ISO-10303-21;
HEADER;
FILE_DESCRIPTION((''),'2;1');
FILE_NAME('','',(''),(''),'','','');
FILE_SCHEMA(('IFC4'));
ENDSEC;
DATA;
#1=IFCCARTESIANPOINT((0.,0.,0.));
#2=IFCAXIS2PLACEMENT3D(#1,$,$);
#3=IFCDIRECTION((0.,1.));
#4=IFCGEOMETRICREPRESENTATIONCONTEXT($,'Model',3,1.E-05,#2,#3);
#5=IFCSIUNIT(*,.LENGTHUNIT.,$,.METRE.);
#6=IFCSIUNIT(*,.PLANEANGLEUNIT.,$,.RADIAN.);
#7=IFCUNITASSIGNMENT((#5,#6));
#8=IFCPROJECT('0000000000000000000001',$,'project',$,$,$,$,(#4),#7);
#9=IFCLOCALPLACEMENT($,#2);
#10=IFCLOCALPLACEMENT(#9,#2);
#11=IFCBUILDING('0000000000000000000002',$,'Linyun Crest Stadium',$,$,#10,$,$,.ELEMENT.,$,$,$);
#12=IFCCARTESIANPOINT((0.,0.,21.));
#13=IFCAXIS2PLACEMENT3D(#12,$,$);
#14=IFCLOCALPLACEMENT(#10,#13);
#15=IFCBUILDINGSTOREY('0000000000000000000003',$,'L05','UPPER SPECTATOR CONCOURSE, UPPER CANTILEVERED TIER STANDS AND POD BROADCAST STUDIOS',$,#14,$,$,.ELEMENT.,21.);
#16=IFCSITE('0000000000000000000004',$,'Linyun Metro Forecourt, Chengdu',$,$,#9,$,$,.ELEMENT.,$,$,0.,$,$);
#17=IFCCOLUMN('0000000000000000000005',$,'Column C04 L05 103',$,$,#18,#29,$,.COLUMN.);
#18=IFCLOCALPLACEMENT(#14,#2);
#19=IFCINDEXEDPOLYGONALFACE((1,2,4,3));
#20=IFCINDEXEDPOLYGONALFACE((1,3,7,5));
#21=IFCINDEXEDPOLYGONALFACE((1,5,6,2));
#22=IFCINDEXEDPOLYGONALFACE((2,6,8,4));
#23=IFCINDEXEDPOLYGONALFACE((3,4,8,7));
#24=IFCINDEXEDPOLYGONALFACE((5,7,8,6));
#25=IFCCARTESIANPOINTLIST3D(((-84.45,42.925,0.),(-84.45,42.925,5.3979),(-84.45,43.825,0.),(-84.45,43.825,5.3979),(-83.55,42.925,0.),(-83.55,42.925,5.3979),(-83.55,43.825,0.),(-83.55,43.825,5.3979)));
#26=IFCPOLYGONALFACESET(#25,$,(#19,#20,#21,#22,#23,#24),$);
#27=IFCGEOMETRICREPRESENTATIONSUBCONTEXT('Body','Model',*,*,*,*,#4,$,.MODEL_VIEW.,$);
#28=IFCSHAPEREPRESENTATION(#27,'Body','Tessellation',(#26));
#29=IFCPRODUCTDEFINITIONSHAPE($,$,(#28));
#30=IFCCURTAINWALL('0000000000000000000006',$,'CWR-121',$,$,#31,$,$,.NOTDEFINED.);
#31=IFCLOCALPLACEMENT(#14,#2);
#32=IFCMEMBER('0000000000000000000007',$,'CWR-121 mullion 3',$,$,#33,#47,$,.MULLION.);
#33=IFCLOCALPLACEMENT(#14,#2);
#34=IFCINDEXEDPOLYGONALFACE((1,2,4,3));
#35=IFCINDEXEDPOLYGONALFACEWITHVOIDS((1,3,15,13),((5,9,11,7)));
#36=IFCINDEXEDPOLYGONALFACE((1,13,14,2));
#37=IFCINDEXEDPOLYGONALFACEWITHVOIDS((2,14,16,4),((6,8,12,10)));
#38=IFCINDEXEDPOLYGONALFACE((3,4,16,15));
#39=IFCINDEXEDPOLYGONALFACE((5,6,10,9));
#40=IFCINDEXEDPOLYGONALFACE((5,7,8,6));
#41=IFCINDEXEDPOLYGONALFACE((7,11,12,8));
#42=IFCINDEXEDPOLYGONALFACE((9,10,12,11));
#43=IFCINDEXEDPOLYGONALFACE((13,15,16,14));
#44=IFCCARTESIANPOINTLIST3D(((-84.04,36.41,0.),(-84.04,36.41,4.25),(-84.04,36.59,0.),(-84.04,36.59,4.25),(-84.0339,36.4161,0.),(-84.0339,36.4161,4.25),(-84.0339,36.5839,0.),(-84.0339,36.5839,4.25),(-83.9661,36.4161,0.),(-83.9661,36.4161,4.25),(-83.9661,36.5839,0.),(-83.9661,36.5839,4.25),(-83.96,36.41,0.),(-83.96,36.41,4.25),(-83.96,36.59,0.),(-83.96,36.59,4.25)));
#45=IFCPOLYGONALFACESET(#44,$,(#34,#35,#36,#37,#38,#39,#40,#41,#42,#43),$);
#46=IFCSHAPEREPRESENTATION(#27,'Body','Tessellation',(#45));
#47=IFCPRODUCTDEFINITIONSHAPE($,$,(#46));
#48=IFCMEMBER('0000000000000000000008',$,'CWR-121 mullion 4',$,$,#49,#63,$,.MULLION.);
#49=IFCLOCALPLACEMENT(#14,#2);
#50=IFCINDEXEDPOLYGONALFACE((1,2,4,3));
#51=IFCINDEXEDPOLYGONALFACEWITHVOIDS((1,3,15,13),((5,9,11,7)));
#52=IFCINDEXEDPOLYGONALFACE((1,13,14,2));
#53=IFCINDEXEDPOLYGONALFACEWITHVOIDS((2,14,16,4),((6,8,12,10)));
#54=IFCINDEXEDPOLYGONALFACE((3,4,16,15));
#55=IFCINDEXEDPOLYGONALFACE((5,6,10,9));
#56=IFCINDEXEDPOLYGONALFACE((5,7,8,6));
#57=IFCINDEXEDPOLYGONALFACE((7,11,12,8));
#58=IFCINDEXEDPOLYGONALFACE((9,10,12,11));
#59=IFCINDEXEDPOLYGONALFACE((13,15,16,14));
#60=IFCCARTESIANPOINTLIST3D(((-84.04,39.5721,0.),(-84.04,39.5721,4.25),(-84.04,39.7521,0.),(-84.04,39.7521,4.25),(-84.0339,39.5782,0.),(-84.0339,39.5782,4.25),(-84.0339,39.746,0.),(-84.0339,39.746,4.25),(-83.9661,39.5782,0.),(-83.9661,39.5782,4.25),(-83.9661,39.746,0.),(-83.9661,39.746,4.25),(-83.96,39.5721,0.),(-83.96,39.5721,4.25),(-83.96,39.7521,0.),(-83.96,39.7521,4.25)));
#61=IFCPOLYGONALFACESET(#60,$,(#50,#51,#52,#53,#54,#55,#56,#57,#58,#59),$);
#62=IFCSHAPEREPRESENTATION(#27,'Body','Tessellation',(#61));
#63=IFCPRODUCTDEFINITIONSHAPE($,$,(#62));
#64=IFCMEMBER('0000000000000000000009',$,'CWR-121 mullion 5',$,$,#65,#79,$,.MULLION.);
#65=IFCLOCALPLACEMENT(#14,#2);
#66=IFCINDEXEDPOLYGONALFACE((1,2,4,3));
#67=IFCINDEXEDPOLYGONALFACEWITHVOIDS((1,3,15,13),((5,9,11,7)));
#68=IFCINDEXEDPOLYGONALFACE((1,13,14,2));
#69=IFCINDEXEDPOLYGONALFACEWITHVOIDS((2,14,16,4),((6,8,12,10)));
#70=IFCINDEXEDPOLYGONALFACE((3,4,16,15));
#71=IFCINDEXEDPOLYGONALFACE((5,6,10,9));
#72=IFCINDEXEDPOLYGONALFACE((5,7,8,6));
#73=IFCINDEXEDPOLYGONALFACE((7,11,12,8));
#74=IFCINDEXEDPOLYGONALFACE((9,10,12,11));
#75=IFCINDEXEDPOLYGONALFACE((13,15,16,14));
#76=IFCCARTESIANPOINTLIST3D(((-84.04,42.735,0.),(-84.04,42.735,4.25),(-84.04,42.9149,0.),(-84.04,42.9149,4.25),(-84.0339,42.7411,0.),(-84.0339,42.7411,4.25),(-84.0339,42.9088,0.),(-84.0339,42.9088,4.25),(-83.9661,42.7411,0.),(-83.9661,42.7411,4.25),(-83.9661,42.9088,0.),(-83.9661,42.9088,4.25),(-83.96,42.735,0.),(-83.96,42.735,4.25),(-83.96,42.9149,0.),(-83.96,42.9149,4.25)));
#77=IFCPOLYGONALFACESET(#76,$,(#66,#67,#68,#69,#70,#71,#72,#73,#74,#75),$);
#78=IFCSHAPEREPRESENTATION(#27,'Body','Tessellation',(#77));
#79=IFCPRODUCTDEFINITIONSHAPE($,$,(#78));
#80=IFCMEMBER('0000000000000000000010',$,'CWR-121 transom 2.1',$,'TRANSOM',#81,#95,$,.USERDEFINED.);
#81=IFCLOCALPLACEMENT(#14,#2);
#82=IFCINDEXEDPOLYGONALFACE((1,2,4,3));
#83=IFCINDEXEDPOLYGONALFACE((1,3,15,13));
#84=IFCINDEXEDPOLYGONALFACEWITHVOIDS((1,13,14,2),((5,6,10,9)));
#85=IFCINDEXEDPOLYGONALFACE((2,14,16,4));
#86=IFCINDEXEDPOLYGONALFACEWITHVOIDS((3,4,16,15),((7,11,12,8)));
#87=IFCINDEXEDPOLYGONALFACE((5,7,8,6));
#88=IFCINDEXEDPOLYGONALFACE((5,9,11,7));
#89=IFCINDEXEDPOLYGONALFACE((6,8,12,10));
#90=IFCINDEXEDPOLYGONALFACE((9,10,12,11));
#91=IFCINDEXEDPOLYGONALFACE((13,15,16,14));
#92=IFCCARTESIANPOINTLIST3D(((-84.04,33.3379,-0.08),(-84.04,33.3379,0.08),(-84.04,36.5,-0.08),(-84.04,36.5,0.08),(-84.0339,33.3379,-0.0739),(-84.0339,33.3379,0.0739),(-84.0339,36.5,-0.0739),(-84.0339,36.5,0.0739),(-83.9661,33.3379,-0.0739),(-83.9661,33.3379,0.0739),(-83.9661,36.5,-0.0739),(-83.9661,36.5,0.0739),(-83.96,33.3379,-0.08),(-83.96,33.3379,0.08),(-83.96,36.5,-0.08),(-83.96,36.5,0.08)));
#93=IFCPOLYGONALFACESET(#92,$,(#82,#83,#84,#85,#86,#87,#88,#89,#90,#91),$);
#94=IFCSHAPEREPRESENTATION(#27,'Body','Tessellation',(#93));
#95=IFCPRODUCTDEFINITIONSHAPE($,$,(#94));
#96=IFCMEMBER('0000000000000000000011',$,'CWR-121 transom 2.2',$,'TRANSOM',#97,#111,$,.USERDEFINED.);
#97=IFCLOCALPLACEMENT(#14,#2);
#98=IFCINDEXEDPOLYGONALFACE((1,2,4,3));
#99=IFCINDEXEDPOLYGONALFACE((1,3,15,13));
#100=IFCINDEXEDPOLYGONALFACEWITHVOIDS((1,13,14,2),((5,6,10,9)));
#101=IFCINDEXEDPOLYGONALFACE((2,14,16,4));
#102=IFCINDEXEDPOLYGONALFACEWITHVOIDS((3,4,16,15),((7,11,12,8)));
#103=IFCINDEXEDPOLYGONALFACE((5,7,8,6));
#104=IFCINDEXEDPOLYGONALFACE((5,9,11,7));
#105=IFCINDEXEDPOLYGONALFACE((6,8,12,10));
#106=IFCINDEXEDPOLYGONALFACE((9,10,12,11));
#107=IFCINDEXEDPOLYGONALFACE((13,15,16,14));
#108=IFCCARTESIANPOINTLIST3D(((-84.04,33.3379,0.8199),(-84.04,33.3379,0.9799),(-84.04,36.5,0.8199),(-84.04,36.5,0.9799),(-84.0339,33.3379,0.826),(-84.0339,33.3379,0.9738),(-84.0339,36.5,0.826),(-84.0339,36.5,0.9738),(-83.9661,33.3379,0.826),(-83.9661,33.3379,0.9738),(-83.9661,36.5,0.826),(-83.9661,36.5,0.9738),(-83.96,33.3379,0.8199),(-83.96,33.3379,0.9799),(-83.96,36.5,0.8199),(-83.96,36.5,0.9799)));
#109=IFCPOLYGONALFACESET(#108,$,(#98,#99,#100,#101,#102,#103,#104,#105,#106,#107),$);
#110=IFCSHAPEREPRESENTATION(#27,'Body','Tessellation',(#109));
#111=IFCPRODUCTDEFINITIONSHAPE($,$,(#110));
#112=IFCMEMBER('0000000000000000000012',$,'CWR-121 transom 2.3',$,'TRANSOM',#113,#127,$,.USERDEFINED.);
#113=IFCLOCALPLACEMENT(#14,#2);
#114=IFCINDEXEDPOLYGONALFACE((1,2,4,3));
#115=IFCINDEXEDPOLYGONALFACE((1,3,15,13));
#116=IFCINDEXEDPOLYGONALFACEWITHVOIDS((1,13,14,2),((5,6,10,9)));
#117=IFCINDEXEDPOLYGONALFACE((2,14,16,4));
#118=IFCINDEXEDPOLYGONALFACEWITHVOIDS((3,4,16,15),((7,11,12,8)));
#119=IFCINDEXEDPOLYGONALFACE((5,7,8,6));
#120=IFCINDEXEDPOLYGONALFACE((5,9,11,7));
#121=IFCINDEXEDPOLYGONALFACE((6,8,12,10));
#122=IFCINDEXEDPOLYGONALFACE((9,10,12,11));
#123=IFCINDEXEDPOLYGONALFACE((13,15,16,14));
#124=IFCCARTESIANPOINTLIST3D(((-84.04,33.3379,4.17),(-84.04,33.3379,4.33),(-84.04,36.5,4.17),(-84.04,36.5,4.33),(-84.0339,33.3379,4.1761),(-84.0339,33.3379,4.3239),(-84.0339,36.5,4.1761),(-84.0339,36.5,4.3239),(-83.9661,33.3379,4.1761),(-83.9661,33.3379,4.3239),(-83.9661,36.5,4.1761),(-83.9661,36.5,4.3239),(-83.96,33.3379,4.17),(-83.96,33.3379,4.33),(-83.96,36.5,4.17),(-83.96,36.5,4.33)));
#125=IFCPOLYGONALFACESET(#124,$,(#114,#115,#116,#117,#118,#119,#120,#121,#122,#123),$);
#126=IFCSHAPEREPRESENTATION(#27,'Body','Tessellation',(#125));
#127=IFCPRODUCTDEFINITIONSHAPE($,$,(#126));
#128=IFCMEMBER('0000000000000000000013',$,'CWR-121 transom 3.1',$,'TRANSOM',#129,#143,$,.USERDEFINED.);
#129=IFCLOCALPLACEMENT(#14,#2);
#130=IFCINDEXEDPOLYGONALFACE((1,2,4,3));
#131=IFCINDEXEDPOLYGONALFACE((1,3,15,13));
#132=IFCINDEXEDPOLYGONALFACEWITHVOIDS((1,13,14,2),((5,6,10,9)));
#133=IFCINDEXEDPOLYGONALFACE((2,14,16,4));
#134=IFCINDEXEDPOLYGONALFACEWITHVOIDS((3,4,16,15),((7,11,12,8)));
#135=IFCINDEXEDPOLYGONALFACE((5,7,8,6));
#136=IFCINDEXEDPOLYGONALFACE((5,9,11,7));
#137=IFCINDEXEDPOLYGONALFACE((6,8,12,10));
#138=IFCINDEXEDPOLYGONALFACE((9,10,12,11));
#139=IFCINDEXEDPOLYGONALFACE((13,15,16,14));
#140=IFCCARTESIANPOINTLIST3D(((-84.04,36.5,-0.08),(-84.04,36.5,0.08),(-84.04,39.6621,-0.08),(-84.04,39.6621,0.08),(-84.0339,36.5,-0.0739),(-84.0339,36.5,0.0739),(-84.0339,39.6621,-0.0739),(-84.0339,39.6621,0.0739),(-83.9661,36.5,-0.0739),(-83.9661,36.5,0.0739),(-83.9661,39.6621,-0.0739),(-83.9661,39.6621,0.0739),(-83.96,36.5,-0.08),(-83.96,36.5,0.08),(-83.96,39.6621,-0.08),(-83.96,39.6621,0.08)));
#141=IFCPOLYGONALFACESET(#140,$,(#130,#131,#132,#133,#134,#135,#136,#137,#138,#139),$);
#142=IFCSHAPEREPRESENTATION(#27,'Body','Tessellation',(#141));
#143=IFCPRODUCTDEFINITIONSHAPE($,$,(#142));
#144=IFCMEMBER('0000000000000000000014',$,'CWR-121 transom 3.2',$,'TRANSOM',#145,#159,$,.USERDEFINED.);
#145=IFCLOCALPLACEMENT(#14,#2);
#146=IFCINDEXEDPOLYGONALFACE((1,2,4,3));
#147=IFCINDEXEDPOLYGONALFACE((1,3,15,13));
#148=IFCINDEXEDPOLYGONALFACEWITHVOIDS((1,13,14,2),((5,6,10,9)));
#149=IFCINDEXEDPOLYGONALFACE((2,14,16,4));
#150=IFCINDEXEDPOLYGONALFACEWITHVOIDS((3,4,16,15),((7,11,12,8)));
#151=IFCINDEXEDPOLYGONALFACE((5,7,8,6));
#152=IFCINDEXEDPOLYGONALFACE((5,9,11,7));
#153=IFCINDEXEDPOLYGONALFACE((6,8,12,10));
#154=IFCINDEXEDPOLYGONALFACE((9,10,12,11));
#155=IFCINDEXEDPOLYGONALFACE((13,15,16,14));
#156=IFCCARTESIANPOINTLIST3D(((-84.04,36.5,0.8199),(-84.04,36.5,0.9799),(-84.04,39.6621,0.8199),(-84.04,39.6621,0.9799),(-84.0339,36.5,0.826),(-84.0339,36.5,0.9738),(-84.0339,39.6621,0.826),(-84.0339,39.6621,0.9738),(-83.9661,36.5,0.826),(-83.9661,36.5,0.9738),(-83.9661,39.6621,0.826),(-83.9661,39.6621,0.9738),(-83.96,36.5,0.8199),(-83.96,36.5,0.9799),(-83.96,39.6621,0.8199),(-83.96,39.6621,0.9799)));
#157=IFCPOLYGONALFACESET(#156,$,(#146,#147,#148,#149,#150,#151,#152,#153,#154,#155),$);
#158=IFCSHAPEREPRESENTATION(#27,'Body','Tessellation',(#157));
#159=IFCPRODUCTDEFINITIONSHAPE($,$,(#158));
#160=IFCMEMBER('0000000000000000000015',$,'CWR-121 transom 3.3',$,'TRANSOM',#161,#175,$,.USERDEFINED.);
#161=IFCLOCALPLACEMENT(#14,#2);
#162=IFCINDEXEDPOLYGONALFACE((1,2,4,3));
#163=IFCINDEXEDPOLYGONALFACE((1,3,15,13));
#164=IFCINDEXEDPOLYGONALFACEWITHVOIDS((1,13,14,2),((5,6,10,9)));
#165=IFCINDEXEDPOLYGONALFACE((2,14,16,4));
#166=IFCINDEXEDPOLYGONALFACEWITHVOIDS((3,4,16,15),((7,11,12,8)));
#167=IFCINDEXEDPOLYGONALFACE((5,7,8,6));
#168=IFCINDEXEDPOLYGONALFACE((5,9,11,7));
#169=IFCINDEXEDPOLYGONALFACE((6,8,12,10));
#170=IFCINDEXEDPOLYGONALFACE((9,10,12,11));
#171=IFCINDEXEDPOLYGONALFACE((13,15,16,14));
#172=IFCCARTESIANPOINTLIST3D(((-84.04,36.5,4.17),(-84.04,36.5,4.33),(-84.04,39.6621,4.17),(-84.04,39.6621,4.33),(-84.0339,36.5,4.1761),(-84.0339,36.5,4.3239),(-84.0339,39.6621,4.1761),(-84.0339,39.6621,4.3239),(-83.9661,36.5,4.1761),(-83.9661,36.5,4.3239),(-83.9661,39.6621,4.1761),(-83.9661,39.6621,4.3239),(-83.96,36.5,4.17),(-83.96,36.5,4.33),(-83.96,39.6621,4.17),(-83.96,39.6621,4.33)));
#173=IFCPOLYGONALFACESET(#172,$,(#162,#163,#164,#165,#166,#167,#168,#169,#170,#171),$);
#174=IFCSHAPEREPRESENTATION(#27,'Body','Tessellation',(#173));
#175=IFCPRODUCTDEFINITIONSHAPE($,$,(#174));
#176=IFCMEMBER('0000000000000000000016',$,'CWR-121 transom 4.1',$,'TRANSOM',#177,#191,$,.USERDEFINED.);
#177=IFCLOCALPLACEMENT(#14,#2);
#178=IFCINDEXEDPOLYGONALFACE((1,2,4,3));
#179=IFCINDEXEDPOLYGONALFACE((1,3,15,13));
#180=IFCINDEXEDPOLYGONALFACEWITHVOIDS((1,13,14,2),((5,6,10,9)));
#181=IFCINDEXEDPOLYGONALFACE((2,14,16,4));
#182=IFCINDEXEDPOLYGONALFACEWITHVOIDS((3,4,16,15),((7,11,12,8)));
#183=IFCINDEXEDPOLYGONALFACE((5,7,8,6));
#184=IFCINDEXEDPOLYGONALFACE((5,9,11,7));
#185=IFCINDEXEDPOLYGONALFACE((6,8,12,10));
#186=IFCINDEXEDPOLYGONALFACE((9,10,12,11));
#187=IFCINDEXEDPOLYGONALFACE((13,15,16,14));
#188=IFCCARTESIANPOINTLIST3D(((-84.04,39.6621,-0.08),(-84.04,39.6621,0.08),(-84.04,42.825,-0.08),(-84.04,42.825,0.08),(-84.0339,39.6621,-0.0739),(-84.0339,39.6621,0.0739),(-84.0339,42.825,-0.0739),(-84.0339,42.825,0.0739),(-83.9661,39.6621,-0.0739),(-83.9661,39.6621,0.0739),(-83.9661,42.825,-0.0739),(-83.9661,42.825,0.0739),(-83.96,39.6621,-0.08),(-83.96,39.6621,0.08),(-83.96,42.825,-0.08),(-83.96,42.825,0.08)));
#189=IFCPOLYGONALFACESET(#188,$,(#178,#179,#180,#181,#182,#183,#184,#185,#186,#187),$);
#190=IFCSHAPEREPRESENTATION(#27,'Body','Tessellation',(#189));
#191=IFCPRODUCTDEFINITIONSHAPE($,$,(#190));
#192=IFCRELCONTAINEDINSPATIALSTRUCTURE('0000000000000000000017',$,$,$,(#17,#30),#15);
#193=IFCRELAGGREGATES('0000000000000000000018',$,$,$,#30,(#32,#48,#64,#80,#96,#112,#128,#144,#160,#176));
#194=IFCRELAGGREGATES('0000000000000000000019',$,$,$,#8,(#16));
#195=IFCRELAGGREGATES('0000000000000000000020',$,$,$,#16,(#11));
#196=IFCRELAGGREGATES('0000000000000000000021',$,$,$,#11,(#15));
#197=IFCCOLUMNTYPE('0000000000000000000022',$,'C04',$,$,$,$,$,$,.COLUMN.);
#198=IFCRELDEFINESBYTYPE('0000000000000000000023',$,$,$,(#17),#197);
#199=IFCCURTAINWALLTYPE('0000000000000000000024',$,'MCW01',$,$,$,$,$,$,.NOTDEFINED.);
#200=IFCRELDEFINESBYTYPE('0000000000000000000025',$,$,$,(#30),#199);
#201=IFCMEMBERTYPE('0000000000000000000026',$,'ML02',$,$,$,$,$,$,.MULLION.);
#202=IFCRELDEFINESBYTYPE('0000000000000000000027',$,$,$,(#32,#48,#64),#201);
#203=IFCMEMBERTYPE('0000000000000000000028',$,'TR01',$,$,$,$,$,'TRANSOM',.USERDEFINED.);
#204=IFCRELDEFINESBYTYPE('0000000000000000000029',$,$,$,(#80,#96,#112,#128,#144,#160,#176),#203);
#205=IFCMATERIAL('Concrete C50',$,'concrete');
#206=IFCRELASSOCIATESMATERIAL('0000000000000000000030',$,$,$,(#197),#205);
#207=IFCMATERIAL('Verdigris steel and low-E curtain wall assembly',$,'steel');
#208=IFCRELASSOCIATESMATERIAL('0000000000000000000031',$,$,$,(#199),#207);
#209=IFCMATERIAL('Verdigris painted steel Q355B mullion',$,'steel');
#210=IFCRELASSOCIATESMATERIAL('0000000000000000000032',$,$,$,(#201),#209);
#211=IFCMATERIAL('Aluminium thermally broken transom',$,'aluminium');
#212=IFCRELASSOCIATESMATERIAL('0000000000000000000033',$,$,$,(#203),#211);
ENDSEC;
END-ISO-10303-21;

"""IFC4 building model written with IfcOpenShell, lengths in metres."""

from ifc_helpers import new_model, si_unit, direction, frame, origin, origin_2d, place, context, subcontext, project, spatial, rectangle, hollow_rectangle, extrude, material, material_profile, profile_set, type_object, element, aggregate, save


model = new_model("IFC4")

# Units and contexts
model_context = context("Model", 3, precision=1e-05, world=origin(), true_north=direction((0.0, 1.0)))
body_context = subcontext(model_context, "Body", "Model", "MODEL_VIEW")
ifc_project = project(units=[si_unit("LENGTHUNIT", "METRE"), si_unit("PLANEANGLEUNIT", "RADIAN")], contexts=[model_context])

# Site, building, storey
site_placement = place(None, origin())
site = spatial("IfcSite", under=ifc_project, at=site_placement, Name="Linyun Metro Forecourt, Chengdu", CompositionType="ELEMENT", RefElevation=0.0)
building_placement = place(site_placement, origin())
building = spatial("IfcBuilding", under=site, at=building_placement, Name="Linyun Crest Stadium", CompositionType="ELEMENT")
storey_placement = place(building_placement, frame((0.0, 0.0, 21.0)))
storey = spatial("IfcBuildingStorey", under=building, at=storey_placement, Name="L05", Description="UPPER SPECTATOR CONCOURSE, UPPER CANTILEVERED TIER STANDS AND POD BROADCAST STUDIOS", CompositionType="ELEMENT", Elevation=21.0)

# Column
ifc_material_1 = material(Name="Concrete C50", Category="concrete")
ifc_material_profile_1 = material_profile(ifc_material_1, rectangle(XDim=0.8999, YDim=0.8999, at=origin_2d()), Name="RC 900x900")
ifc_profile_set_1 = profile_set([ifc_material_profile_1], Name="Concrete C50")
column_type = type_object("IfcColumnType", Name="C04", PredefinedType="COLUMN", material=ifc_profile_set_1)
column_placement = place(storey_placement, frame((-84.0, 43.375, 0.0), z_axis=(0.0, 0.0, 1.0), x_axis=(1.0, 0.0, 0.0)))
element("IfcColumn", 1, at=column_placement, inside=storey, type_object=column_type, Name="Column C04 L05 103", PredefinedType="COLUMN", context=body_context, shape_type="SweptSolid", body=[
    extrude(rectangle(XDim=0.8999, YDim=0.8999, at=origin_2d()), origin(), (0.0, 0.0, 1.0), 5.3979),
])

# Curtain wall, members
ifc_material_2 = material(Name="Verdigris steel and low-E curtain wall assembly", Category="steel")
curtain_wall_type = type_object("IfcCurtainWallType", Name="MCW01", PredefinedType="NOTDEFINED", material=ifc_material_2)
curtain_wall_placement = place(storey_placement, origin())
curtain_wall = element("IfcCurtainWall", 2, at=curtain_wall_placement, inside=storey, type_object=curtain_wall_type, Name="CWR-121", PredefinedType="NOTDEFINED")
ifc_material_3 = material(Name="Verdigris painted steel Q355B mullion", Category="steel")
ifc_material_profile_2 = material_profile(ifc_material_3, hollow_rectangle(XDim=0.0801, YDim=0.1799, WallThickness=0.0061, at=origin_2d()), Name="RHS 180x80x6")
ifc_profile_set_2 = profile_set([ifc_material_profile_2], Name="Verdigris painted steel Q355B mullion")
member_type_1 = type_object("IfcMemberType", Name="ML02", PredefinedType="MULLION", material=ifc_profile_set_2)
member_1_placement = place(storey_placement, frame((-84.0, 36.5, 0.0), z_axis=(0.0, 0.0, 1.0), x_axis=(-1.0, 0.0, 0.0)))
member_1 = element("IfcMember", 3, at=member_1_placement, type_object=member_type_1, Name="CWR-121 mullion 3", PredefinedType="MULLION", context=body_context, shape_type="SweptSolid", body=[
    extrude(hollow_rectangle(XDim=0.0801, YDim=0.1799, WallThickness=0.0061, at=origin_2d()), origin(), (0.0, 0.0, 1.0), 4.25),
])
member_2_placement = place(storey_placement, frame((-84.0, 39.6621, 0.0), z_axis=(0.0, 0.0, 1.0), x_axis=(-1.0, 0.0, 0.0)))
member_2 = element("IfcMember", 4, at=member_2_placement, type_object=member_type_1, Name="CWR-121 mullion 4", PredefinedType="MULLION", context=body_context, shape_type="SweptSolid", body=[
    extrude(hollow_rectangle(XDim=0.0801, YDim=0.1799, WallThickness=0.0061, at=origin_2d()), origin(), (0.0, 0.0, 1.0), 4.25),
])
member_3_placement = place(storey_placement, frame((-84.0, 42.825, 0.0), z_axis=(0.0, 0.0, 1.0), x_axis=(-1.0, 0.0, 0.0)))
member_3 = element("IfcMember", 5, at=member_3_placement, type_object=member_type_1, Name="CWR-121 mullion 5", PredefinedType="MULLION", context=body_context, shape_type="SweptSolid", body=[
    extrude(hollow_rectangle(XDim=0.0801, YDim=0.1799, WallThickness=0.0061, at=origin_2d()), origin(), (0.0, 0.0, 1.0), 4.25),
])
ifc_material_4 = material(Name="Aluminium thermally broken transom", Category="aluminium")
ifc_material_profile_3 = material_profile(ifc_material_4, hollow_rectangle(XDim=0.0801, YDim=0.1599, WallThickness=0.0061, at=origin_2d()), Name="RHS 160x80x6")
ifc_profile_set_3 = profile_set([ifc_material_profile_3], Name="Aluminium thermally broken transom")
member_type_2 = type_object("IfcMemberType", Name="TR01", ElementType="TRANSOM", PredefinedType="USERDEFINED", material=ifc_profile_set_3)
member_4_placement = place(storey_placement, frame((-84.0, 33.3379, 0.0), z_axis=(0.0, 1.0, 0.0), x_axis=(-1.0, 0.0, 0.0)))
member_4 = element("IfcMember", 6, at=member_4_placement, type_object=member_type_2, Name="CWR-121 transom 2.1", ObjectType="TRANSOM", PredefinedType="USERDEFINED", context=body_context, shape_type="SweptSolid", body=[
    extrude(hollow_rectangle(XDim=0.0801, YDim=0.1599, WallThickness=0.0061, at=origin_2d()), origin(), (0.0, 0.0, 1.0), 3.1621),
])
member_5_placement = place(storey_placement, frame((-84.0, 33.3379, 0.8999), z_axis=(0.0, 1.0, 0.0), x_axis=(-1.0, 0.0, 0.0)))
member_5 = element("IfcMember", 7, at=member_5_placement, type_object=member_type_2, Name="CWR-121 transom 2.2", ObjectType="TRANSOM", PredefinedType="USERDEFINED", context=body_context, shape_type="SweptSolid", body=[
    extrude(hollow_rectangle(XDim=0.0801, YDim=0.1599, WallThickness=0.0061, at=origin_2d()), origin(), (0.0, 0.0, 1.0), 3.1621),
])
member_6_placement = place(storey_placement, frame((-84.0, 33.3379, 4.25), z_axis=(0.0, 1.0, 0.0), x_axis=(-1.0, 0.0, 0.0)))
member_6 = element("IfcMember", 8, at=member_6_placement, type_object=member_type_2, Name="CWR-121 transom 2.3", ObjectType="TRANSOM", PredefinedType="USERDEFINED", context=body_context, shape_type="SweptSolid", body=[
    extrude(hollow_rectangle(XDim=0.0801, YDim=0.1599, WallThickness=0.0061, at=origin_2d()), origin(), (0.0, 0.0, 1.0), 3.1621),
])
member_7_placement = place(storey_placement, frame((-84.0, 36.5, 0.0), z_axis=(0.0, 1.0, 0.0), x_axis=(-1.0, 0.0, 0.0)))
member_7 = element("IfcMember", 9, at=member_7_placement, type_object=member_type_2, Name="CWR-121 transom 3.1", ObjectType="TRANSOM", PredefinedType="USERDEFINED", context=body_context, shape_type="SweptSolid", body=[
    extrude(hollow_rectangle(XDim=0.0801, YDim=0.1599, WallThickness=0.0061, at=origin_2d()), origin(), (0.0, 0.0, 1.0), 3.1621),
])
member_8_placement = place(storey_placement, frame((-84.0, 36.5, 0.8999), z_axis=(0.0, 1.0, 0.0), x_axis=(-1.0, 0.0, 0.0)))
member_8 = element("IfcMember", 10, at=member_8_placement, type_object=member_type_2, Name="CWR-121 transom 3.2", ObjectType="TRANSOM", PredefinedType="USERDEFINED", context=body_context, shape_type="SweptSolid", body=[
    extrude(hollow_rectangle(XDim=0.0801, YDim=0.1599, WallThickness=0.0061, at=origin_2d()), origin(), (0.0, 0.0, 1.0), 3.1621),
])
member_9_placement = place(storey_placement, frame((-84.0, 36.5, 4.25), z_axis=(0.0, 1.0, 0.0), x_axis=(-1.0, 0.0, 0.0)))
member_9 = element("IfcMember", 11, at=member_9_placement, type_object=member_type_2, Name="CWR-121 transom 3.3", ObjectType="TRANSOM", PredefinedType="USERDEFINED", context=body_context, shape_type="SweptSolid", body=[
    extrude(hollow_rectangle(XDim=0.0801, YDim=0.1599, WallThickness=0.0061, at=origin_2d()), origin(), (0.0, 0.0, 1.0), 3.1621),
])
member_10_placement = place(storey_placement, frame((-84.0, 39.6621, 0.0), z_axis=(0.0, 1.0, 0.0), x_axis=(-1.0, 0.0, 0.0)))
member_10 = element("IfcMember", 12, at=member_10_placement, type_object=member_type_2, Name="CWR-121 transom 4.1", ObjectType="TRANSOM", PredefinedType="USERDEFINED", context=body_context, shape_type="SweptSolid", body=[
    extrude(hollow_rectangle(XDim=0.0801, YDim=0.1599, WallThickness=0.0061, at=origin_2d()), origin(), (0.0, 0.0, 1.0), 3.1628),
])
aggregate(curtain_wall, [member_1, member_2, member_3, member_4, member_5, member_6, member_7, member_8, member_9, member_10])

save(model, "model.ifc")
